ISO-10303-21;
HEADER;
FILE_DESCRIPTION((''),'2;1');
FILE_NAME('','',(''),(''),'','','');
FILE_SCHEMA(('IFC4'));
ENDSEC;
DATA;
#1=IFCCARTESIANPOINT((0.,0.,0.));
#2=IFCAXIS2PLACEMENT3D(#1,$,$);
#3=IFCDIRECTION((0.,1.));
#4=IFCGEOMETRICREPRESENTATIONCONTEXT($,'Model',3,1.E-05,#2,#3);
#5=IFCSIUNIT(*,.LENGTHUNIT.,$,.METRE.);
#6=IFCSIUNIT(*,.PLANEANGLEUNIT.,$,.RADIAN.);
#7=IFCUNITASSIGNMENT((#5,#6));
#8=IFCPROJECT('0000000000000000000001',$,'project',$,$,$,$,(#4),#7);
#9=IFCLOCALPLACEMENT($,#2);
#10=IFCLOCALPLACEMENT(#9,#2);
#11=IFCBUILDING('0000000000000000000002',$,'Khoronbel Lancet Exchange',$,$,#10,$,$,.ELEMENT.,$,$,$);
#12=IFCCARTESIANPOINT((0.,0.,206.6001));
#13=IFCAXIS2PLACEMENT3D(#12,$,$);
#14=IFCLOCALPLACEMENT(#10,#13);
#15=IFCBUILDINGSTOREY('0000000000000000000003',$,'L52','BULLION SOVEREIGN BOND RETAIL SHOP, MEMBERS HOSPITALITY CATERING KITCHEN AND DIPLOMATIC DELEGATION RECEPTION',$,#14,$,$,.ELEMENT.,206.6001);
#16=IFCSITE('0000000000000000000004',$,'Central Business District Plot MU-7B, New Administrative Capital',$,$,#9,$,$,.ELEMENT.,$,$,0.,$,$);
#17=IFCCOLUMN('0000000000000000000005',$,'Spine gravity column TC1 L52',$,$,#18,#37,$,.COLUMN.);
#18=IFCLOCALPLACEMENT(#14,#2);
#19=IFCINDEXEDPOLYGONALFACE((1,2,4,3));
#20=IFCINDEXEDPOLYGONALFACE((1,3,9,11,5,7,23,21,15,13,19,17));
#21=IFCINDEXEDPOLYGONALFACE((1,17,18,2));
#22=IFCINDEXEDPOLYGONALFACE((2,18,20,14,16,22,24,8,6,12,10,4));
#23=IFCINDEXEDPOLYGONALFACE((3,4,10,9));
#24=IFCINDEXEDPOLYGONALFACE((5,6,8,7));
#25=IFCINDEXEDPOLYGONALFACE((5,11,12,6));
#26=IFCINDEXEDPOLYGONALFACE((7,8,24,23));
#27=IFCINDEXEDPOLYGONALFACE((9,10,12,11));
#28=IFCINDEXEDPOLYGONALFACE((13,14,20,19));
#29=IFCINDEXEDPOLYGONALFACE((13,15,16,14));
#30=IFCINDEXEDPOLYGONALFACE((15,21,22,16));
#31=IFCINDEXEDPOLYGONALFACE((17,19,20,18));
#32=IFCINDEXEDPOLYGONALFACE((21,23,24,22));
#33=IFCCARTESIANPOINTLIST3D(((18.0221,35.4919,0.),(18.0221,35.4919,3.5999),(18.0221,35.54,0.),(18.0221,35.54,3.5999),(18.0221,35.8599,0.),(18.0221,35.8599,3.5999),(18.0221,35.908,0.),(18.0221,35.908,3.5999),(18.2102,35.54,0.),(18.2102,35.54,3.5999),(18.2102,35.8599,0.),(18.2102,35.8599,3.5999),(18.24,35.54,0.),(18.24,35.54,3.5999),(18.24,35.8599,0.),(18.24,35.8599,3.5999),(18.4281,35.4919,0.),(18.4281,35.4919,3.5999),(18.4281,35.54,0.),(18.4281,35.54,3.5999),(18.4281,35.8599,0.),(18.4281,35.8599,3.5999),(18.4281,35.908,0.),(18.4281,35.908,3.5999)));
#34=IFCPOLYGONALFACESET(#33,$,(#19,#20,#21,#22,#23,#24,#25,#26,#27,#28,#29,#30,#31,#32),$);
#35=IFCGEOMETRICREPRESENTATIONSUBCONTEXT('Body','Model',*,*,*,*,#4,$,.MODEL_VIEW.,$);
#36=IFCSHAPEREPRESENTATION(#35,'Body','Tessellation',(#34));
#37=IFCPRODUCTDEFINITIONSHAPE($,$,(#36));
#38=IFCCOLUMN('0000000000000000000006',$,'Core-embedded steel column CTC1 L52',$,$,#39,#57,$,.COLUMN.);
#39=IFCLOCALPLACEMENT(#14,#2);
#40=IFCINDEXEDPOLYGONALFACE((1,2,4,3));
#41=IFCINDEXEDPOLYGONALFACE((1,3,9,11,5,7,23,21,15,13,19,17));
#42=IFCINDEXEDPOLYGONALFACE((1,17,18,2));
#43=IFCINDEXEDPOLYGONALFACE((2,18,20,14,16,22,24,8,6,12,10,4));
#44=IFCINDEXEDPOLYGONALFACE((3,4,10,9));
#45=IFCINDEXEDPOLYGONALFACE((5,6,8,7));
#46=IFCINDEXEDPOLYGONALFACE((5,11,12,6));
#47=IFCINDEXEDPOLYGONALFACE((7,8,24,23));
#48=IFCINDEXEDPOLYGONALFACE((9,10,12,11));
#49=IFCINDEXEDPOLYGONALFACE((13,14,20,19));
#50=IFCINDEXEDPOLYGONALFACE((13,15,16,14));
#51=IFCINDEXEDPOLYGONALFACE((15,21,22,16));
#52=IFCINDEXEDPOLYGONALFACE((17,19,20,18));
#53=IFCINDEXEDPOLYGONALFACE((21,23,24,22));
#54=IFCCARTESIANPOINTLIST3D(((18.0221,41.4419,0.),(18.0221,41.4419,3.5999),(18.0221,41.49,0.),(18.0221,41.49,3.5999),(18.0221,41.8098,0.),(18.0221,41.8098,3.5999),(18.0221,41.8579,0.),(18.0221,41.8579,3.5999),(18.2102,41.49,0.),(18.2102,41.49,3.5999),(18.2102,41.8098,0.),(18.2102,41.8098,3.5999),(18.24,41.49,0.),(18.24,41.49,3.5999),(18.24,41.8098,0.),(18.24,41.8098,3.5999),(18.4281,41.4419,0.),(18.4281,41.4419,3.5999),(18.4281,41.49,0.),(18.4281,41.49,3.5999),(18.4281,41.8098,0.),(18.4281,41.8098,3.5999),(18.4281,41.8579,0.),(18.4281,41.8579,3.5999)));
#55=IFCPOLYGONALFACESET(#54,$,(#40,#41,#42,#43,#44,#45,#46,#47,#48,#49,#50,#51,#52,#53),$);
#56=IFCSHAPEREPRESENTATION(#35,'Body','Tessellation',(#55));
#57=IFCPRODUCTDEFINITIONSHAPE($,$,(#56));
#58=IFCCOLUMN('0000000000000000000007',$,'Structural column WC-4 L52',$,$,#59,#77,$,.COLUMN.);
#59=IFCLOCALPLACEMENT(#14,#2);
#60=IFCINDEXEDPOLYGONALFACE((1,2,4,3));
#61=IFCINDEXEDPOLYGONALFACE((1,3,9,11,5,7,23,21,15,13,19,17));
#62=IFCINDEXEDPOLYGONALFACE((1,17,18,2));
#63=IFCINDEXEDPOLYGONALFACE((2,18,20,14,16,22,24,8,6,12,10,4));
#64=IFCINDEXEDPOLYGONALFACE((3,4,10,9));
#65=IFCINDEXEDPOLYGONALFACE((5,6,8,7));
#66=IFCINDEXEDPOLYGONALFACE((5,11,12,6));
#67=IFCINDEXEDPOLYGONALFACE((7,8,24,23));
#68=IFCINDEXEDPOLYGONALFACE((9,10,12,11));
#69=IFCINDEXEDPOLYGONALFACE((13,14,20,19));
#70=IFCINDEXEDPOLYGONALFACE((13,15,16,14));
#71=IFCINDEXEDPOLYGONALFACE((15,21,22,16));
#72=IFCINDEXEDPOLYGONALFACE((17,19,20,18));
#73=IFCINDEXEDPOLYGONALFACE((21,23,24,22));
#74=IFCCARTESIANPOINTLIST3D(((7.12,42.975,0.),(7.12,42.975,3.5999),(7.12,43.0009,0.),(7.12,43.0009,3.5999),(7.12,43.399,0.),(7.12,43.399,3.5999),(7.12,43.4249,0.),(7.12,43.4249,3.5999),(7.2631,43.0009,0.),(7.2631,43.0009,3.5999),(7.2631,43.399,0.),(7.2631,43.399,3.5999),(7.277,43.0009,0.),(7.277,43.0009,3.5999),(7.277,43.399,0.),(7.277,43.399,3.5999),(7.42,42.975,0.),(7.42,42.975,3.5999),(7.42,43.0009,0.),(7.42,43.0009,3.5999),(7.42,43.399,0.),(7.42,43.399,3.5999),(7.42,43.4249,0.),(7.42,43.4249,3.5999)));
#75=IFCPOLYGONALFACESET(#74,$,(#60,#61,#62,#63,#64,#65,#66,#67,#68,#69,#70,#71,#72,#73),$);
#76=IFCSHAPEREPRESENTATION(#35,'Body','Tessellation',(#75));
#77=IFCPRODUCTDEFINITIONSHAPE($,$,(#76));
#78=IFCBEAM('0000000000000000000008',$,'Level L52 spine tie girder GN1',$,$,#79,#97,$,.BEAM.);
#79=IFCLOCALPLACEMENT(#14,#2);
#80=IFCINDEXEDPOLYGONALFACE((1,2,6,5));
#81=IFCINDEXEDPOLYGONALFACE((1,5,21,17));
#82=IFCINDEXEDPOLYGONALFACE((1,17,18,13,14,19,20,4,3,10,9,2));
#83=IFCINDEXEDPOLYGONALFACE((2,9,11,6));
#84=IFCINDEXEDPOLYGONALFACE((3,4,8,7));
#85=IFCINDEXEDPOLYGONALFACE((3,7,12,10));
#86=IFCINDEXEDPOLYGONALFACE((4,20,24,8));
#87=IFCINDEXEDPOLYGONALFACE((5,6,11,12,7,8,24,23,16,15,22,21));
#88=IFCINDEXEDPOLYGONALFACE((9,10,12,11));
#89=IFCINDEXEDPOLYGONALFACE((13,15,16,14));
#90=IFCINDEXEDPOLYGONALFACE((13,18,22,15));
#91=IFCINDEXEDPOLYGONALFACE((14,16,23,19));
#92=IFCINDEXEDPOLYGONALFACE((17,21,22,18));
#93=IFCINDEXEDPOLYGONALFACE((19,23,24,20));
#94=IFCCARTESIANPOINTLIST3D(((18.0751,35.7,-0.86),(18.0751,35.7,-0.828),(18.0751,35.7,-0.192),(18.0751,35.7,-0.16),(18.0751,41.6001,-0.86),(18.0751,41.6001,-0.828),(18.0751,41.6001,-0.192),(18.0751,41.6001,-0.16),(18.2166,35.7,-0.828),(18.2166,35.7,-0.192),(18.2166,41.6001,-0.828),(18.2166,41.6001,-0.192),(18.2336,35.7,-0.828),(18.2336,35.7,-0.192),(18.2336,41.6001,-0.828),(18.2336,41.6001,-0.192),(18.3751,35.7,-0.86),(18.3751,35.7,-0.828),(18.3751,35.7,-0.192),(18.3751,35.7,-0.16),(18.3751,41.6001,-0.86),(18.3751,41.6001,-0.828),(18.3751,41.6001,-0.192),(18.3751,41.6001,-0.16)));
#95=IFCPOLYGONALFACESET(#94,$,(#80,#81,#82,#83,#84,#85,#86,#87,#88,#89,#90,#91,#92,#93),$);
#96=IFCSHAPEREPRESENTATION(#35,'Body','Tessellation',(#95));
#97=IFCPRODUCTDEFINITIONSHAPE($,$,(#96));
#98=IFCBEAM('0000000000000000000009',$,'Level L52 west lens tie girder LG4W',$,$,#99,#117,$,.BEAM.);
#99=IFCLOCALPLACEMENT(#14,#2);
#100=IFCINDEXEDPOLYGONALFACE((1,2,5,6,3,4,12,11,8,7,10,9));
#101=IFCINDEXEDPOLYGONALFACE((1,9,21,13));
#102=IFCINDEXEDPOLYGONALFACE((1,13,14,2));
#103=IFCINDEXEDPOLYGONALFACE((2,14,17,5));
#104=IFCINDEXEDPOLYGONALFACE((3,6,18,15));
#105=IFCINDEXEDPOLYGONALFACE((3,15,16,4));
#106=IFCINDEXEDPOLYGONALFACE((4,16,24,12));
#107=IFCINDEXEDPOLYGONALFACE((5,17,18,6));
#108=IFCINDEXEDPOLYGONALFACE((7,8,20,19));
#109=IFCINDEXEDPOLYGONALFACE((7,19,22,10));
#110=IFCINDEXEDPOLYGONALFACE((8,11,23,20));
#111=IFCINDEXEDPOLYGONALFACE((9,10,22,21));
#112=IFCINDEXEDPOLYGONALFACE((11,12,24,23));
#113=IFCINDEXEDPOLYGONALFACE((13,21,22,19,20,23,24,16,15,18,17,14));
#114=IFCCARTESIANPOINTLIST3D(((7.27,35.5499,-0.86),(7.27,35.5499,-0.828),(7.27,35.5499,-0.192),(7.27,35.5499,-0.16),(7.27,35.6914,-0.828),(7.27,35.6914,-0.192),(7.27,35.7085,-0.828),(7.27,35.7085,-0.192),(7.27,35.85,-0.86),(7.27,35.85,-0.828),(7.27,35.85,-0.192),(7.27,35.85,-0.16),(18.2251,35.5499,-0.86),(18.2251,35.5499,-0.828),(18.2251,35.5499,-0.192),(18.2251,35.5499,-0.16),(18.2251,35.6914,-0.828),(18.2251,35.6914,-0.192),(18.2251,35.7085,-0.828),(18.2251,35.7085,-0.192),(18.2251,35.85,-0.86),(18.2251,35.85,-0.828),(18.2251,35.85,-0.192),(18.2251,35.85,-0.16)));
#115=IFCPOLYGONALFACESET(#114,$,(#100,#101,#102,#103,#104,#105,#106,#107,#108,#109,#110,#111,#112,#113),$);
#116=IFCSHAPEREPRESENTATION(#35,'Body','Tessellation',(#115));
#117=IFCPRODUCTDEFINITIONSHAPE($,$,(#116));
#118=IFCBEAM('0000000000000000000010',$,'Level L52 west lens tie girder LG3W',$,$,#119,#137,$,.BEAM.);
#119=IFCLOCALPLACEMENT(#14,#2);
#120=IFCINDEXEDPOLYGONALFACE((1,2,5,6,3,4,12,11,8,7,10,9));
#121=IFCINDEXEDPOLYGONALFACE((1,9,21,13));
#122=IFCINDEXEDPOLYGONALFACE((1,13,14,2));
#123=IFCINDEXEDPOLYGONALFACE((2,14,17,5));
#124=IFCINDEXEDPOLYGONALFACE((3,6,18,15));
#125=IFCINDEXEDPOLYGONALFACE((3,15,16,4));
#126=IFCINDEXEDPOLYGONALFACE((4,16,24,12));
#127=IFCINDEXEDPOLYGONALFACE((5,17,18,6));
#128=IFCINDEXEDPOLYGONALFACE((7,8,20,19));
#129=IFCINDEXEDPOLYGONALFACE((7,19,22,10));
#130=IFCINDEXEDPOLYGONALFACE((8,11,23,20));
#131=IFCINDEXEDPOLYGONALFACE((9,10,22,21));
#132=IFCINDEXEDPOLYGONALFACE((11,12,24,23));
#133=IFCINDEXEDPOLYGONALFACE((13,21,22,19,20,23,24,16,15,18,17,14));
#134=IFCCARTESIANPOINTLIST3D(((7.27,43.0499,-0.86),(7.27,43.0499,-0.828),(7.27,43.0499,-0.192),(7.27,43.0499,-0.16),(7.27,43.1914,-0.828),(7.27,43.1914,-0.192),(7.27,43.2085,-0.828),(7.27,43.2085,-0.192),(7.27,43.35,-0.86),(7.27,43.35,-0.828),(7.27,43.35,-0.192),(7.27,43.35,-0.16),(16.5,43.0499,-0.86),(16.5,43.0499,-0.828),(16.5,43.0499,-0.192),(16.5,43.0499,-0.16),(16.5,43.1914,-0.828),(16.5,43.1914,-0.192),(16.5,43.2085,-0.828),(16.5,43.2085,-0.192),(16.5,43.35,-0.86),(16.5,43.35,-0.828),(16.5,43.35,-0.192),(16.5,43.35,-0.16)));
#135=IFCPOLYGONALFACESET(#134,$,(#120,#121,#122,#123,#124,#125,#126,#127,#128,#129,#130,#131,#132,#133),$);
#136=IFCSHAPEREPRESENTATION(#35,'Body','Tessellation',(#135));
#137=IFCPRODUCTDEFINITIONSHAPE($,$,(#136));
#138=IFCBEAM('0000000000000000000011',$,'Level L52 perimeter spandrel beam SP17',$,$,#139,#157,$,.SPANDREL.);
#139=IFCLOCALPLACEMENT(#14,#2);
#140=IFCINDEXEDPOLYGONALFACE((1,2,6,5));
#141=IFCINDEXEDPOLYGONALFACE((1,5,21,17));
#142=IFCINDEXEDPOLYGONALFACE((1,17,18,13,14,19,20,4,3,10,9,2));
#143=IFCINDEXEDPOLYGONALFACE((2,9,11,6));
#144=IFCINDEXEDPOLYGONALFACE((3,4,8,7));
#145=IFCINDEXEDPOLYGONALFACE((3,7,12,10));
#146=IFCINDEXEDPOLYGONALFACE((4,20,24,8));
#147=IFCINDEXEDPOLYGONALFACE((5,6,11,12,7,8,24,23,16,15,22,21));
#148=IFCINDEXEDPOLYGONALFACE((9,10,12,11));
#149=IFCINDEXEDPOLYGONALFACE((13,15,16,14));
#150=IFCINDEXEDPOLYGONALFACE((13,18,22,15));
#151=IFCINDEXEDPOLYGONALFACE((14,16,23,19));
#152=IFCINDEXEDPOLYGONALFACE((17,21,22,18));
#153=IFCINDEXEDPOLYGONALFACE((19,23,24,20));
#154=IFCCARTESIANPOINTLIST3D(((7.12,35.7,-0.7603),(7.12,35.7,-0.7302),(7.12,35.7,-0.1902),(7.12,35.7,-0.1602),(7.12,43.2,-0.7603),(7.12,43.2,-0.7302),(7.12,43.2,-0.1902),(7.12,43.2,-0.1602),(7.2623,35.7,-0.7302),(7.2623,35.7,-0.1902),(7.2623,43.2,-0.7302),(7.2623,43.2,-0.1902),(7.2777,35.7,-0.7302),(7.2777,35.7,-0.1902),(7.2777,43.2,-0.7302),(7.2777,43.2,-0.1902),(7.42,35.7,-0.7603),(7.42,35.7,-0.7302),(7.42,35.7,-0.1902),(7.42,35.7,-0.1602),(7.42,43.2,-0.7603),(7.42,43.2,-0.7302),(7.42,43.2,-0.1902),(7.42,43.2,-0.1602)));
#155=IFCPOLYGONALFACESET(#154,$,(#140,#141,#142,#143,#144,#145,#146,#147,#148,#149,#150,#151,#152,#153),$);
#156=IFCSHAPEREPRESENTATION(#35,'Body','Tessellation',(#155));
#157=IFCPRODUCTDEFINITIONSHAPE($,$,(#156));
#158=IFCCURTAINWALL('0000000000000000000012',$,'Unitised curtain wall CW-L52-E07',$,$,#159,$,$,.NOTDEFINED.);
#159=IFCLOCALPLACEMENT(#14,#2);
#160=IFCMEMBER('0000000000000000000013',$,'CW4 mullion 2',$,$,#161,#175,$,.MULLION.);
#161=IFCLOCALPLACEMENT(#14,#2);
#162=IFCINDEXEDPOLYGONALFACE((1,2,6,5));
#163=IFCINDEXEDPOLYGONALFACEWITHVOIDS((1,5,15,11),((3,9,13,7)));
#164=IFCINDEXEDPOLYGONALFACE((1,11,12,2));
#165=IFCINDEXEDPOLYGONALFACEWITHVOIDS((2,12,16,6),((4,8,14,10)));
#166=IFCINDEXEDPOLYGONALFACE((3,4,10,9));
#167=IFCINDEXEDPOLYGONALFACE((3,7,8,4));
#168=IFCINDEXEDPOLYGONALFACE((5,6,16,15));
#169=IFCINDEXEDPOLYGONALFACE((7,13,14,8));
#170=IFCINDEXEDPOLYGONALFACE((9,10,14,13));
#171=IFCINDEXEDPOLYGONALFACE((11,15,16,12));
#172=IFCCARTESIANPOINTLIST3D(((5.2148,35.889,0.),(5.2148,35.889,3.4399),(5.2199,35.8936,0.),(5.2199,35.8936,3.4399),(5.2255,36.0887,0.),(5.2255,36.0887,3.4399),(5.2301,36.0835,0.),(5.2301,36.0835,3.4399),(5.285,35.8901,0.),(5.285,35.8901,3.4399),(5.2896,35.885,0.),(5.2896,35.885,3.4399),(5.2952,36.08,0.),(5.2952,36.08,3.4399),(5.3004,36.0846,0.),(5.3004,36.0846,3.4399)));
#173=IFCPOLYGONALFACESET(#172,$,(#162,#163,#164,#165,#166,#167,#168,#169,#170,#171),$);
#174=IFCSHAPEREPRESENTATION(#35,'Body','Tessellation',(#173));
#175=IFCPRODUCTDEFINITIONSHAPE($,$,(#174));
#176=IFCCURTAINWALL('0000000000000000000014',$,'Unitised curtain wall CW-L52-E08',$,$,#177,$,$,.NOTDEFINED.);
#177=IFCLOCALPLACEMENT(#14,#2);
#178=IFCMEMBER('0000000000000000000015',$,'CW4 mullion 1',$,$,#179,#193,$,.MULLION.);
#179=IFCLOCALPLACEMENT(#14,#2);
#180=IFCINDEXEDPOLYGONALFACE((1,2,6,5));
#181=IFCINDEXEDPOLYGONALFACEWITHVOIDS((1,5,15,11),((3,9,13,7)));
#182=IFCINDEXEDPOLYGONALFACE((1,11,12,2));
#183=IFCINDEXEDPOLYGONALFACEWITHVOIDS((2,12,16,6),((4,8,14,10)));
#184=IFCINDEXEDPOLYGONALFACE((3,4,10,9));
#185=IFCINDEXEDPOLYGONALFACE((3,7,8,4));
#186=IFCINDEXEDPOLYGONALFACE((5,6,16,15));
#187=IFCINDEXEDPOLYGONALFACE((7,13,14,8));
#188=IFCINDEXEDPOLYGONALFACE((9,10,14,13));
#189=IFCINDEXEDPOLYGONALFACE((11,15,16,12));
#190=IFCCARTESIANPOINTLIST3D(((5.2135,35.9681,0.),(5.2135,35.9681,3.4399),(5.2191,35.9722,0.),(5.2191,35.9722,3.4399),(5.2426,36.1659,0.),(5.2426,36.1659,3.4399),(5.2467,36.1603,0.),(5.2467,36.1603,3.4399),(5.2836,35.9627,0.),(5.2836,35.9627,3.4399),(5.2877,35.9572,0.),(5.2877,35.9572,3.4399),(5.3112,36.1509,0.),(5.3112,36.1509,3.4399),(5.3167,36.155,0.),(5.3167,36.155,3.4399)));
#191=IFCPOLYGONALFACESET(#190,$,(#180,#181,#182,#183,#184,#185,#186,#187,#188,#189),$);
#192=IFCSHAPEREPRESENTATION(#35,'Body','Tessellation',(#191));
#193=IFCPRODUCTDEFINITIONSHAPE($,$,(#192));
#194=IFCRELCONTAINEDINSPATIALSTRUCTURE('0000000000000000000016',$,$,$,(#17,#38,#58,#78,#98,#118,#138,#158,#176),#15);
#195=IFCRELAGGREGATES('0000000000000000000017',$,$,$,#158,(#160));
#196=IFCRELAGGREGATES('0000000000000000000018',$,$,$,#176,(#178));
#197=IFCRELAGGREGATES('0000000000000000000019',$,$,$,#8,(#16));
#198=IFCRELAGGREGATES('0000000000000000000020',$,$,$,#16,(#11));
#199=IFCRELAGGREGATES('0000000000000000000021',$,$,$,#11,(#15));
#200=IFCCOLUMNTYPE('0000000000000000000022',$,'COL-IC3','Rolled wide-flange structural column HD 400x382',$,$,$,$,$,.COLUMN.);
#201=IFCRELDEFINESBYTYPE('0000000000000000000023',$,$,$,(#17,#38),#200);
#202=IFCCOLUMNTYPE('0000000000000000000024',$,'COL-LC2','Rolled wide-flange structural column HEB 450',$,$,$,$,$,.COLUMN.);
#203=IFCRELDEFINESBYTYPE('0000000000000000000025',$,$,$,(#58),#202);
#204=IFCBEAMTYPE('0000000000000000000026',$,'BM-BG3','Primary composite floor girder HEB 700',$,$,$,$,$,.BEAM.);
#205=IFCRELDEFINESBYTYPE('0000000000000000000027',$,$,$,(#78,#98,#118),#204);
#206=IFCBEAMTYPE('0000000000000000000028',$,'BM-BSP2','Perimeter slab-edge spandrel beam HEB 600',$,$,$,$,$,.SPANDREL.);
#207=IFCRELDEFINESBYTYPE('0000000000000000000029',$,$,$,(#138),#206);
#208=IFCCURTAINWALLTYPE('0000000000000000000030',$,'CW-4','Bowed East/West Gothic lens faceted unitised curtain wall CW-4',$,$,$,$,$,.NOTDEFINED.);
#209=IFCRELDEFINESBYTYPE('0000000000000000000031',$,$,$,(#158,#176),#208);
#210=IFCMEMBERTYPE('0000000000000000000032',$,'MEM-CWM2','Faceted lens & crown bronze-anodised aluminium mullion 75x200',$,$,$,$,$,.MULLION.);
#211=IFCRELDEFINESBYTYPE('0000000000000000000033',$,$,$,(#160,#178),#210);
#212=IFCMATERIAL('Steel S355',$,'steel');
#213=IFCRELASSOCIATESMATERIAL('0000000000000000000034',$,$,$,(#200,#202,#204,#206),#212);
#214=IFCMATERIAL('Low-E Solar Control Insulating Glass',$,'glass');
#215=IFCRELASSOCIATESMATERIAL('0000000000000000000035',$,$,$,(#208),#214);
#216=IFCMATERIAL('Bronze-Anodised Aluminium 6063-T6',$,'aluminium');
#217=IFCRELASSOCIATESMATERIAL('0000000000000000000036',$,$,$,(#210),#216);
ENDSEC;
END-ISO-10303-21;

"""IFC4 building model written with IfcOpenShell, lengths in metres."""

from ifc_helpers import new_model, si_unit, direction, frame, origin, origin_2d, place, context, subcontext, project, spatial, hollow_rectangle, i_section, extrude, material, material_profile, profile_set, type_object, element, aggregate, save


model = new_model("IFC4")

# Units and contexts
model_context = context("Model", 3, precision=1e-05, world=origin(), true_north=direction((0.0, 1.0)))
body_context = subcontext(model_context, "Body", "Model", "MODEL_VIEW")
ifc_project = project(units=[si_unit("LENGTHUNIT", "METRE"), si_unit("PLANEANGLEUNIT", "RADIAN")], contexts=[model_context])

# Site, building, storey
site_placement = place(None, origin())
site = spatial("IfcSite", under=ifc_project, at=site_placement, Name="Central Business District Plot MU-7B, New Administrative Capital", CompositionType="ELEMENT", RefElevation=0.0)
building_placement = place(site_placement, origin())
building = spatial("IfcBuilding", under=site, at=building_placement, Name="Khoronbel Lancet Exchange", CompositionType="ELEMENT")
storey_placement = place(building_placement, frame((0.0, 0.0, 206.6001)))
storey = spatial("IfcBuildingStorey", under=building, at=storey_placement, Name="L52", Description="BULLION SOVEREIGN BOND RETAIL SHOP, MEMBERS HOSPITALITY CATERING KITCHEN AND DIPLOMATIC DELEGATION RECEPTION", CompositionType="ELEMENT", Elevation=206.6001)

# Columns
ifc_material_1 = material(Name="Steel S355", Category="steel")
ifc_material_profile_1 = material_profile(ifc_material_1, i_section(OverallWidth=0.406, OverallDepth=0.416, WebThickness=0.0298, FlangeThickness=0.0481, at=origin_2d()), Name="HD 400x382")
ifc_profile_set_1 = profile_set([ifc_material_profile_1], Name="Steel S355")
column_type_1 = type_object("IfcColumnType", Name="COL-IC3", Description="Rolled wide-flange structural column HD 400x382", PredefinedType="COLUMN", material=ifc_profile_set_1)
for number, where, z_axis, x_axis, name in (
    (1, (18.2251, 35.7, 0.0), (0.0, 0.0, 1.0), (1.0, 0.0, 0.0), "Spine gravity column TC1 L52"),
    (2, (18.2251, 41.6499, 0.0), (0.0, 0.0, 1.0), (1.0, 0.0, 0.0), "Core-embedded steel column CTC1 L52"),
):
    element("IfcColumn", number, at=place(storey_placement, frame(where, z_axis=z_axis, x_axis=x_axis)), inside=storey, type_object=column_type_1, Name=name, PredefinedType="COLUMN", context=body_context, shape_type="SweptSolid", body=[
        extrude(i_section(OverallWidth=0.406, OverallDepth=0.416, WebThickness=0.0298, FlangeThickness=0.0481, at=origin_2d()), origin(), (0.0, 0.0, 1.0), 3.5999),
    ])
ifc_material_profile_2 = material_profile(ifc_material_1, i_section(OverallWidth=0.3, OverallDepth=0.45, WebThickness=0.0139, FlangeThickness=0.0259, at=origin_2d()), Name="HEB 450")
ifc_profile_set_2 = profile_set([ifc_material_profile_2], Name="Steel S355")
column_type_2 = type_object("IfcColumnType", Name="COL-LC2", Description="Rolled wide-flange structural column HEB 450", PredefinedType="COLUMN", material=ifc_profile_set_2)
column_placement = place(storey_placement, frame((7.27, 43.2, 0.0), z_axis=(0.0, 0.0, 1.0), x_axis=(1.0, 0.0, 0.0)))
element("IfcColumn", 3, at=column_placement, inside=storey, type_object=column_type_2, Name="Structural column WC-4 L52", PredefinedType="COLUMN", context=body_context, shape_type="SweptSolid", body=[
    extrude(i_section(OverallWidth=0.3, OverallDepth=0.45, WebThickness=0.0139, FlangeThickness=0.0259, at=origin_2d()), origin(), (0.0, 0.0, 1.0), 3.5999),
])

# Beams
ifc_material_profile_3 = material_profile(ifc_material_1, i_section(OverallWidth=0.3, OverallDepth=0.7, WebThickness=0.0171, FlangeThickness=0.032, at=origin_2d()), Name="HEB 700")
ifc_profile_set_3 = profile_set([ifc_material_profile_3], Name="Steel S355")
beam_type_1 = type_object("IfcBeamType", Name="BM-BG3", Description="Primary composite floor girder HEB 700", PredefinedType="BEAM", material=ifc_profile_set_3)
beam_1_placement = place(storey_placement, frame((18.2251, 35.7, -0.51), z_axis=(0.0, 1.0, 0.0), x_axis=(-1.0, 0.0, 0.0)))
element("IfcBeam", 4, at=beam_1_placement, inside=storey, type_object=beam_type_1, Name="Level L52 spine tie girder GN1", PredefinedType="BEAM", context=body_context, shape_type="SweptSolid", body=[
    extrude(i_section(OverallWidth=0.3, OverallDepth=0.7, WebThickness=0.0171, FlangeThickness=0.032, at=origin_2d()), origin(), (0.0, 0.0, 1.0), 5.9001),
])
beam_2_placement = place(storey_placement, frame((7.27, 35.7, -0.51), z_axis=(1.0, 0.0, 0.0), x_axis=(0.0, 1.0, 0.0)))
element("IfcBeam", 5, at=beam_2_placement, inside=storey, type_object=beam_type_1, Name="Level L52 west lens tie girder LG4W", PredefinedType="BEAM", context=body_context, shape_type="SweptSolid", body=[
    extrude(i_section(OverallWidth=0.3, OverallDepth=0.7, WebThickness=0.0171, FlangeThickness=0.032, at=origin_2d()), origin(), (0.0, 0.0, 1.0), 10.9551),
])
beam_3_placement = place(storey_placement, frame((7.27, 43.2, -0.51), z_axis=(1.0, 0.0, 0.0), x_axis=(0.0, 1.0, 0.0)))
element("IfcBeam", 6, at=beam_3_placement, inside=storey, type_object=beam_type_1, Name="Level L52 west lens tie girder LG3W", PredefinedType="BEAM", context=body_context, shape_type="SweptSolid", body=[
    extrude(i_section(OverallWidth=0.3, OverallDepth=0.7, WebThickness=0.0171, FlangeThickness=0.032, at=origin_2d()), origin(), (0.0, 0.0, 1.0), 9.23),
])
ifc_material_profile_4 = material_profile(ifc_material_1, i_section(OverallWidth=0.3, OverallDepth=0.6001, WebThickness=0.0154, FlangeThickness=0.03, at=origin_2d()), Name="HEB 600")
ifc_profile_set_4 = profile_set([ifc_material_profile_4], Name="Steel S355")
beam_type_2 = type_object("IfcBeamType", Name="BM-BSP2", Description="Perimeter slab-edge spandrel beam HEB 600", PredefinedType="SPANDREL", material=ifc_profile_set_4)
beam_4_placement = place(storey_placement, frame((7.27, 43.2, -0.4602), z_axis=(0.0, -1.0, 0.0), x_axis=(1.0, 0.0, 0.0)))
element("IfcBeam", 7, at=beam_4_placement, inside=storey, type_object=beam_type_2, Name="Level L52 perimeter spandrel beam SP17", PredefinedType="SPANDREL", context=body_context, shape_type="SweptSolid", body=[
    extrude(i_section(OverallWidth=0.3, OverallDepth=0.6001, WebThickness=0.0154, FlangeThickness=0.03, at=origin_2d()), origin(), (0.0, 0.0, 1.0), 7.5),
])

# Curtain wall, member
ifc_material_2 = material(Name="Low-E Solar Control Insulating Glass", Category="glass")
curtain_wall_type = type_object("IfcCurtainWallType", Name="CW-4", Description="Bowed East/West Gothic lens faceted unitised curtain wall CW-4", PredefinedType="NOTDEFINED", material=ifc_material_2)
curtain_wall_1_placement = place(storey_placement, origin())
curtain_wall_1 = element("IfcCurtainWall", 8, at=curtain_wall_1_placement, inside=storey, type_object=curtain_wall_type, Name="Unitised curtain wall CW-L52-E07", PredefinedType="NOTDEFINED")
ifc_material_3 = material(Name="Bronze-Anodised Aluminium 6063-T6", Category="aluminium")
ifc_material_profile_5 = material_profile(ifc_material_3, hollow_rectangle(XDim=0.075, YDim=0.2, WallThickness=0.0049, at=origin_2d()), Name="ALU MULLION 75x200")
ifc_profile_set_5 = profile_set([ifc_material_profile_5], Name="Bronze-Anodised Aluminium 6063-T6")
member_type_1 = type_object("IfcMemberType", Name="MEM-CWM2", Description="Faceted lens & crown bronze-anodised aluminium mullion 75x200", PredefinedType="MULLION", material=ifc_profile_set_5)
member_1_placement = place(storey_placement, frame((5.2576, 35.9868, 0.0), z_axis=(0.0, 0.0, 1.0), x_axis=(-0.998558, 0.053692, 0.0)))
member_1 = element("IfcMember", 9, at=member_1_placement, type_object=member_type_1, Name="CW4 mullion 2", PredefinedType="MULLION", context=body_context, shape_type="SweptSolid", body=[
    extrude(hollow_rectangle(XDim=0.075, YDim=0.2, WallThickness=0.0049, at=origin_2d()), origin(), (0.0, 0.0, 1.0), 3.4399),
])
aggregate(curtain_wall_1, [member_1])

# Curtain wall, member
curtain_wall_2_placement = place(storey_placement, origin())
curtain_wall_2 = element("IfcCurtainWall", 10, at=curtain_wall_2_placement, inside=storey, type_object=curtain_wall_type, Name="Unitised curtain wall CW-L52-E08", PredefinedType="NOTDEFINED")
member_2_placement = place(storey_placement, frame((5.2651, 36.0615, 0.0), z_axis=(0.0, 0.0, 1.0), x_axis=(-0.989378, 0.145363, 0.0)))
member_2 = element("IfcMember", 11, at=member_2_placement, type_object=member_type_1, Name="CW4 mullion 1", PredefinedType="MULLION", context=body_context, shape_type="SweptSolid", body=[
    extrude(hollow_rectangle(XDim=0.075, YDim=0.2, WallThickness=0.0049, at=origin_2d()), origin(), (0.0, 0.0, 1.0), 3.4399),
])

aggregate(curtain_wall_2, [member_2])

save(model, "model.ifc")
